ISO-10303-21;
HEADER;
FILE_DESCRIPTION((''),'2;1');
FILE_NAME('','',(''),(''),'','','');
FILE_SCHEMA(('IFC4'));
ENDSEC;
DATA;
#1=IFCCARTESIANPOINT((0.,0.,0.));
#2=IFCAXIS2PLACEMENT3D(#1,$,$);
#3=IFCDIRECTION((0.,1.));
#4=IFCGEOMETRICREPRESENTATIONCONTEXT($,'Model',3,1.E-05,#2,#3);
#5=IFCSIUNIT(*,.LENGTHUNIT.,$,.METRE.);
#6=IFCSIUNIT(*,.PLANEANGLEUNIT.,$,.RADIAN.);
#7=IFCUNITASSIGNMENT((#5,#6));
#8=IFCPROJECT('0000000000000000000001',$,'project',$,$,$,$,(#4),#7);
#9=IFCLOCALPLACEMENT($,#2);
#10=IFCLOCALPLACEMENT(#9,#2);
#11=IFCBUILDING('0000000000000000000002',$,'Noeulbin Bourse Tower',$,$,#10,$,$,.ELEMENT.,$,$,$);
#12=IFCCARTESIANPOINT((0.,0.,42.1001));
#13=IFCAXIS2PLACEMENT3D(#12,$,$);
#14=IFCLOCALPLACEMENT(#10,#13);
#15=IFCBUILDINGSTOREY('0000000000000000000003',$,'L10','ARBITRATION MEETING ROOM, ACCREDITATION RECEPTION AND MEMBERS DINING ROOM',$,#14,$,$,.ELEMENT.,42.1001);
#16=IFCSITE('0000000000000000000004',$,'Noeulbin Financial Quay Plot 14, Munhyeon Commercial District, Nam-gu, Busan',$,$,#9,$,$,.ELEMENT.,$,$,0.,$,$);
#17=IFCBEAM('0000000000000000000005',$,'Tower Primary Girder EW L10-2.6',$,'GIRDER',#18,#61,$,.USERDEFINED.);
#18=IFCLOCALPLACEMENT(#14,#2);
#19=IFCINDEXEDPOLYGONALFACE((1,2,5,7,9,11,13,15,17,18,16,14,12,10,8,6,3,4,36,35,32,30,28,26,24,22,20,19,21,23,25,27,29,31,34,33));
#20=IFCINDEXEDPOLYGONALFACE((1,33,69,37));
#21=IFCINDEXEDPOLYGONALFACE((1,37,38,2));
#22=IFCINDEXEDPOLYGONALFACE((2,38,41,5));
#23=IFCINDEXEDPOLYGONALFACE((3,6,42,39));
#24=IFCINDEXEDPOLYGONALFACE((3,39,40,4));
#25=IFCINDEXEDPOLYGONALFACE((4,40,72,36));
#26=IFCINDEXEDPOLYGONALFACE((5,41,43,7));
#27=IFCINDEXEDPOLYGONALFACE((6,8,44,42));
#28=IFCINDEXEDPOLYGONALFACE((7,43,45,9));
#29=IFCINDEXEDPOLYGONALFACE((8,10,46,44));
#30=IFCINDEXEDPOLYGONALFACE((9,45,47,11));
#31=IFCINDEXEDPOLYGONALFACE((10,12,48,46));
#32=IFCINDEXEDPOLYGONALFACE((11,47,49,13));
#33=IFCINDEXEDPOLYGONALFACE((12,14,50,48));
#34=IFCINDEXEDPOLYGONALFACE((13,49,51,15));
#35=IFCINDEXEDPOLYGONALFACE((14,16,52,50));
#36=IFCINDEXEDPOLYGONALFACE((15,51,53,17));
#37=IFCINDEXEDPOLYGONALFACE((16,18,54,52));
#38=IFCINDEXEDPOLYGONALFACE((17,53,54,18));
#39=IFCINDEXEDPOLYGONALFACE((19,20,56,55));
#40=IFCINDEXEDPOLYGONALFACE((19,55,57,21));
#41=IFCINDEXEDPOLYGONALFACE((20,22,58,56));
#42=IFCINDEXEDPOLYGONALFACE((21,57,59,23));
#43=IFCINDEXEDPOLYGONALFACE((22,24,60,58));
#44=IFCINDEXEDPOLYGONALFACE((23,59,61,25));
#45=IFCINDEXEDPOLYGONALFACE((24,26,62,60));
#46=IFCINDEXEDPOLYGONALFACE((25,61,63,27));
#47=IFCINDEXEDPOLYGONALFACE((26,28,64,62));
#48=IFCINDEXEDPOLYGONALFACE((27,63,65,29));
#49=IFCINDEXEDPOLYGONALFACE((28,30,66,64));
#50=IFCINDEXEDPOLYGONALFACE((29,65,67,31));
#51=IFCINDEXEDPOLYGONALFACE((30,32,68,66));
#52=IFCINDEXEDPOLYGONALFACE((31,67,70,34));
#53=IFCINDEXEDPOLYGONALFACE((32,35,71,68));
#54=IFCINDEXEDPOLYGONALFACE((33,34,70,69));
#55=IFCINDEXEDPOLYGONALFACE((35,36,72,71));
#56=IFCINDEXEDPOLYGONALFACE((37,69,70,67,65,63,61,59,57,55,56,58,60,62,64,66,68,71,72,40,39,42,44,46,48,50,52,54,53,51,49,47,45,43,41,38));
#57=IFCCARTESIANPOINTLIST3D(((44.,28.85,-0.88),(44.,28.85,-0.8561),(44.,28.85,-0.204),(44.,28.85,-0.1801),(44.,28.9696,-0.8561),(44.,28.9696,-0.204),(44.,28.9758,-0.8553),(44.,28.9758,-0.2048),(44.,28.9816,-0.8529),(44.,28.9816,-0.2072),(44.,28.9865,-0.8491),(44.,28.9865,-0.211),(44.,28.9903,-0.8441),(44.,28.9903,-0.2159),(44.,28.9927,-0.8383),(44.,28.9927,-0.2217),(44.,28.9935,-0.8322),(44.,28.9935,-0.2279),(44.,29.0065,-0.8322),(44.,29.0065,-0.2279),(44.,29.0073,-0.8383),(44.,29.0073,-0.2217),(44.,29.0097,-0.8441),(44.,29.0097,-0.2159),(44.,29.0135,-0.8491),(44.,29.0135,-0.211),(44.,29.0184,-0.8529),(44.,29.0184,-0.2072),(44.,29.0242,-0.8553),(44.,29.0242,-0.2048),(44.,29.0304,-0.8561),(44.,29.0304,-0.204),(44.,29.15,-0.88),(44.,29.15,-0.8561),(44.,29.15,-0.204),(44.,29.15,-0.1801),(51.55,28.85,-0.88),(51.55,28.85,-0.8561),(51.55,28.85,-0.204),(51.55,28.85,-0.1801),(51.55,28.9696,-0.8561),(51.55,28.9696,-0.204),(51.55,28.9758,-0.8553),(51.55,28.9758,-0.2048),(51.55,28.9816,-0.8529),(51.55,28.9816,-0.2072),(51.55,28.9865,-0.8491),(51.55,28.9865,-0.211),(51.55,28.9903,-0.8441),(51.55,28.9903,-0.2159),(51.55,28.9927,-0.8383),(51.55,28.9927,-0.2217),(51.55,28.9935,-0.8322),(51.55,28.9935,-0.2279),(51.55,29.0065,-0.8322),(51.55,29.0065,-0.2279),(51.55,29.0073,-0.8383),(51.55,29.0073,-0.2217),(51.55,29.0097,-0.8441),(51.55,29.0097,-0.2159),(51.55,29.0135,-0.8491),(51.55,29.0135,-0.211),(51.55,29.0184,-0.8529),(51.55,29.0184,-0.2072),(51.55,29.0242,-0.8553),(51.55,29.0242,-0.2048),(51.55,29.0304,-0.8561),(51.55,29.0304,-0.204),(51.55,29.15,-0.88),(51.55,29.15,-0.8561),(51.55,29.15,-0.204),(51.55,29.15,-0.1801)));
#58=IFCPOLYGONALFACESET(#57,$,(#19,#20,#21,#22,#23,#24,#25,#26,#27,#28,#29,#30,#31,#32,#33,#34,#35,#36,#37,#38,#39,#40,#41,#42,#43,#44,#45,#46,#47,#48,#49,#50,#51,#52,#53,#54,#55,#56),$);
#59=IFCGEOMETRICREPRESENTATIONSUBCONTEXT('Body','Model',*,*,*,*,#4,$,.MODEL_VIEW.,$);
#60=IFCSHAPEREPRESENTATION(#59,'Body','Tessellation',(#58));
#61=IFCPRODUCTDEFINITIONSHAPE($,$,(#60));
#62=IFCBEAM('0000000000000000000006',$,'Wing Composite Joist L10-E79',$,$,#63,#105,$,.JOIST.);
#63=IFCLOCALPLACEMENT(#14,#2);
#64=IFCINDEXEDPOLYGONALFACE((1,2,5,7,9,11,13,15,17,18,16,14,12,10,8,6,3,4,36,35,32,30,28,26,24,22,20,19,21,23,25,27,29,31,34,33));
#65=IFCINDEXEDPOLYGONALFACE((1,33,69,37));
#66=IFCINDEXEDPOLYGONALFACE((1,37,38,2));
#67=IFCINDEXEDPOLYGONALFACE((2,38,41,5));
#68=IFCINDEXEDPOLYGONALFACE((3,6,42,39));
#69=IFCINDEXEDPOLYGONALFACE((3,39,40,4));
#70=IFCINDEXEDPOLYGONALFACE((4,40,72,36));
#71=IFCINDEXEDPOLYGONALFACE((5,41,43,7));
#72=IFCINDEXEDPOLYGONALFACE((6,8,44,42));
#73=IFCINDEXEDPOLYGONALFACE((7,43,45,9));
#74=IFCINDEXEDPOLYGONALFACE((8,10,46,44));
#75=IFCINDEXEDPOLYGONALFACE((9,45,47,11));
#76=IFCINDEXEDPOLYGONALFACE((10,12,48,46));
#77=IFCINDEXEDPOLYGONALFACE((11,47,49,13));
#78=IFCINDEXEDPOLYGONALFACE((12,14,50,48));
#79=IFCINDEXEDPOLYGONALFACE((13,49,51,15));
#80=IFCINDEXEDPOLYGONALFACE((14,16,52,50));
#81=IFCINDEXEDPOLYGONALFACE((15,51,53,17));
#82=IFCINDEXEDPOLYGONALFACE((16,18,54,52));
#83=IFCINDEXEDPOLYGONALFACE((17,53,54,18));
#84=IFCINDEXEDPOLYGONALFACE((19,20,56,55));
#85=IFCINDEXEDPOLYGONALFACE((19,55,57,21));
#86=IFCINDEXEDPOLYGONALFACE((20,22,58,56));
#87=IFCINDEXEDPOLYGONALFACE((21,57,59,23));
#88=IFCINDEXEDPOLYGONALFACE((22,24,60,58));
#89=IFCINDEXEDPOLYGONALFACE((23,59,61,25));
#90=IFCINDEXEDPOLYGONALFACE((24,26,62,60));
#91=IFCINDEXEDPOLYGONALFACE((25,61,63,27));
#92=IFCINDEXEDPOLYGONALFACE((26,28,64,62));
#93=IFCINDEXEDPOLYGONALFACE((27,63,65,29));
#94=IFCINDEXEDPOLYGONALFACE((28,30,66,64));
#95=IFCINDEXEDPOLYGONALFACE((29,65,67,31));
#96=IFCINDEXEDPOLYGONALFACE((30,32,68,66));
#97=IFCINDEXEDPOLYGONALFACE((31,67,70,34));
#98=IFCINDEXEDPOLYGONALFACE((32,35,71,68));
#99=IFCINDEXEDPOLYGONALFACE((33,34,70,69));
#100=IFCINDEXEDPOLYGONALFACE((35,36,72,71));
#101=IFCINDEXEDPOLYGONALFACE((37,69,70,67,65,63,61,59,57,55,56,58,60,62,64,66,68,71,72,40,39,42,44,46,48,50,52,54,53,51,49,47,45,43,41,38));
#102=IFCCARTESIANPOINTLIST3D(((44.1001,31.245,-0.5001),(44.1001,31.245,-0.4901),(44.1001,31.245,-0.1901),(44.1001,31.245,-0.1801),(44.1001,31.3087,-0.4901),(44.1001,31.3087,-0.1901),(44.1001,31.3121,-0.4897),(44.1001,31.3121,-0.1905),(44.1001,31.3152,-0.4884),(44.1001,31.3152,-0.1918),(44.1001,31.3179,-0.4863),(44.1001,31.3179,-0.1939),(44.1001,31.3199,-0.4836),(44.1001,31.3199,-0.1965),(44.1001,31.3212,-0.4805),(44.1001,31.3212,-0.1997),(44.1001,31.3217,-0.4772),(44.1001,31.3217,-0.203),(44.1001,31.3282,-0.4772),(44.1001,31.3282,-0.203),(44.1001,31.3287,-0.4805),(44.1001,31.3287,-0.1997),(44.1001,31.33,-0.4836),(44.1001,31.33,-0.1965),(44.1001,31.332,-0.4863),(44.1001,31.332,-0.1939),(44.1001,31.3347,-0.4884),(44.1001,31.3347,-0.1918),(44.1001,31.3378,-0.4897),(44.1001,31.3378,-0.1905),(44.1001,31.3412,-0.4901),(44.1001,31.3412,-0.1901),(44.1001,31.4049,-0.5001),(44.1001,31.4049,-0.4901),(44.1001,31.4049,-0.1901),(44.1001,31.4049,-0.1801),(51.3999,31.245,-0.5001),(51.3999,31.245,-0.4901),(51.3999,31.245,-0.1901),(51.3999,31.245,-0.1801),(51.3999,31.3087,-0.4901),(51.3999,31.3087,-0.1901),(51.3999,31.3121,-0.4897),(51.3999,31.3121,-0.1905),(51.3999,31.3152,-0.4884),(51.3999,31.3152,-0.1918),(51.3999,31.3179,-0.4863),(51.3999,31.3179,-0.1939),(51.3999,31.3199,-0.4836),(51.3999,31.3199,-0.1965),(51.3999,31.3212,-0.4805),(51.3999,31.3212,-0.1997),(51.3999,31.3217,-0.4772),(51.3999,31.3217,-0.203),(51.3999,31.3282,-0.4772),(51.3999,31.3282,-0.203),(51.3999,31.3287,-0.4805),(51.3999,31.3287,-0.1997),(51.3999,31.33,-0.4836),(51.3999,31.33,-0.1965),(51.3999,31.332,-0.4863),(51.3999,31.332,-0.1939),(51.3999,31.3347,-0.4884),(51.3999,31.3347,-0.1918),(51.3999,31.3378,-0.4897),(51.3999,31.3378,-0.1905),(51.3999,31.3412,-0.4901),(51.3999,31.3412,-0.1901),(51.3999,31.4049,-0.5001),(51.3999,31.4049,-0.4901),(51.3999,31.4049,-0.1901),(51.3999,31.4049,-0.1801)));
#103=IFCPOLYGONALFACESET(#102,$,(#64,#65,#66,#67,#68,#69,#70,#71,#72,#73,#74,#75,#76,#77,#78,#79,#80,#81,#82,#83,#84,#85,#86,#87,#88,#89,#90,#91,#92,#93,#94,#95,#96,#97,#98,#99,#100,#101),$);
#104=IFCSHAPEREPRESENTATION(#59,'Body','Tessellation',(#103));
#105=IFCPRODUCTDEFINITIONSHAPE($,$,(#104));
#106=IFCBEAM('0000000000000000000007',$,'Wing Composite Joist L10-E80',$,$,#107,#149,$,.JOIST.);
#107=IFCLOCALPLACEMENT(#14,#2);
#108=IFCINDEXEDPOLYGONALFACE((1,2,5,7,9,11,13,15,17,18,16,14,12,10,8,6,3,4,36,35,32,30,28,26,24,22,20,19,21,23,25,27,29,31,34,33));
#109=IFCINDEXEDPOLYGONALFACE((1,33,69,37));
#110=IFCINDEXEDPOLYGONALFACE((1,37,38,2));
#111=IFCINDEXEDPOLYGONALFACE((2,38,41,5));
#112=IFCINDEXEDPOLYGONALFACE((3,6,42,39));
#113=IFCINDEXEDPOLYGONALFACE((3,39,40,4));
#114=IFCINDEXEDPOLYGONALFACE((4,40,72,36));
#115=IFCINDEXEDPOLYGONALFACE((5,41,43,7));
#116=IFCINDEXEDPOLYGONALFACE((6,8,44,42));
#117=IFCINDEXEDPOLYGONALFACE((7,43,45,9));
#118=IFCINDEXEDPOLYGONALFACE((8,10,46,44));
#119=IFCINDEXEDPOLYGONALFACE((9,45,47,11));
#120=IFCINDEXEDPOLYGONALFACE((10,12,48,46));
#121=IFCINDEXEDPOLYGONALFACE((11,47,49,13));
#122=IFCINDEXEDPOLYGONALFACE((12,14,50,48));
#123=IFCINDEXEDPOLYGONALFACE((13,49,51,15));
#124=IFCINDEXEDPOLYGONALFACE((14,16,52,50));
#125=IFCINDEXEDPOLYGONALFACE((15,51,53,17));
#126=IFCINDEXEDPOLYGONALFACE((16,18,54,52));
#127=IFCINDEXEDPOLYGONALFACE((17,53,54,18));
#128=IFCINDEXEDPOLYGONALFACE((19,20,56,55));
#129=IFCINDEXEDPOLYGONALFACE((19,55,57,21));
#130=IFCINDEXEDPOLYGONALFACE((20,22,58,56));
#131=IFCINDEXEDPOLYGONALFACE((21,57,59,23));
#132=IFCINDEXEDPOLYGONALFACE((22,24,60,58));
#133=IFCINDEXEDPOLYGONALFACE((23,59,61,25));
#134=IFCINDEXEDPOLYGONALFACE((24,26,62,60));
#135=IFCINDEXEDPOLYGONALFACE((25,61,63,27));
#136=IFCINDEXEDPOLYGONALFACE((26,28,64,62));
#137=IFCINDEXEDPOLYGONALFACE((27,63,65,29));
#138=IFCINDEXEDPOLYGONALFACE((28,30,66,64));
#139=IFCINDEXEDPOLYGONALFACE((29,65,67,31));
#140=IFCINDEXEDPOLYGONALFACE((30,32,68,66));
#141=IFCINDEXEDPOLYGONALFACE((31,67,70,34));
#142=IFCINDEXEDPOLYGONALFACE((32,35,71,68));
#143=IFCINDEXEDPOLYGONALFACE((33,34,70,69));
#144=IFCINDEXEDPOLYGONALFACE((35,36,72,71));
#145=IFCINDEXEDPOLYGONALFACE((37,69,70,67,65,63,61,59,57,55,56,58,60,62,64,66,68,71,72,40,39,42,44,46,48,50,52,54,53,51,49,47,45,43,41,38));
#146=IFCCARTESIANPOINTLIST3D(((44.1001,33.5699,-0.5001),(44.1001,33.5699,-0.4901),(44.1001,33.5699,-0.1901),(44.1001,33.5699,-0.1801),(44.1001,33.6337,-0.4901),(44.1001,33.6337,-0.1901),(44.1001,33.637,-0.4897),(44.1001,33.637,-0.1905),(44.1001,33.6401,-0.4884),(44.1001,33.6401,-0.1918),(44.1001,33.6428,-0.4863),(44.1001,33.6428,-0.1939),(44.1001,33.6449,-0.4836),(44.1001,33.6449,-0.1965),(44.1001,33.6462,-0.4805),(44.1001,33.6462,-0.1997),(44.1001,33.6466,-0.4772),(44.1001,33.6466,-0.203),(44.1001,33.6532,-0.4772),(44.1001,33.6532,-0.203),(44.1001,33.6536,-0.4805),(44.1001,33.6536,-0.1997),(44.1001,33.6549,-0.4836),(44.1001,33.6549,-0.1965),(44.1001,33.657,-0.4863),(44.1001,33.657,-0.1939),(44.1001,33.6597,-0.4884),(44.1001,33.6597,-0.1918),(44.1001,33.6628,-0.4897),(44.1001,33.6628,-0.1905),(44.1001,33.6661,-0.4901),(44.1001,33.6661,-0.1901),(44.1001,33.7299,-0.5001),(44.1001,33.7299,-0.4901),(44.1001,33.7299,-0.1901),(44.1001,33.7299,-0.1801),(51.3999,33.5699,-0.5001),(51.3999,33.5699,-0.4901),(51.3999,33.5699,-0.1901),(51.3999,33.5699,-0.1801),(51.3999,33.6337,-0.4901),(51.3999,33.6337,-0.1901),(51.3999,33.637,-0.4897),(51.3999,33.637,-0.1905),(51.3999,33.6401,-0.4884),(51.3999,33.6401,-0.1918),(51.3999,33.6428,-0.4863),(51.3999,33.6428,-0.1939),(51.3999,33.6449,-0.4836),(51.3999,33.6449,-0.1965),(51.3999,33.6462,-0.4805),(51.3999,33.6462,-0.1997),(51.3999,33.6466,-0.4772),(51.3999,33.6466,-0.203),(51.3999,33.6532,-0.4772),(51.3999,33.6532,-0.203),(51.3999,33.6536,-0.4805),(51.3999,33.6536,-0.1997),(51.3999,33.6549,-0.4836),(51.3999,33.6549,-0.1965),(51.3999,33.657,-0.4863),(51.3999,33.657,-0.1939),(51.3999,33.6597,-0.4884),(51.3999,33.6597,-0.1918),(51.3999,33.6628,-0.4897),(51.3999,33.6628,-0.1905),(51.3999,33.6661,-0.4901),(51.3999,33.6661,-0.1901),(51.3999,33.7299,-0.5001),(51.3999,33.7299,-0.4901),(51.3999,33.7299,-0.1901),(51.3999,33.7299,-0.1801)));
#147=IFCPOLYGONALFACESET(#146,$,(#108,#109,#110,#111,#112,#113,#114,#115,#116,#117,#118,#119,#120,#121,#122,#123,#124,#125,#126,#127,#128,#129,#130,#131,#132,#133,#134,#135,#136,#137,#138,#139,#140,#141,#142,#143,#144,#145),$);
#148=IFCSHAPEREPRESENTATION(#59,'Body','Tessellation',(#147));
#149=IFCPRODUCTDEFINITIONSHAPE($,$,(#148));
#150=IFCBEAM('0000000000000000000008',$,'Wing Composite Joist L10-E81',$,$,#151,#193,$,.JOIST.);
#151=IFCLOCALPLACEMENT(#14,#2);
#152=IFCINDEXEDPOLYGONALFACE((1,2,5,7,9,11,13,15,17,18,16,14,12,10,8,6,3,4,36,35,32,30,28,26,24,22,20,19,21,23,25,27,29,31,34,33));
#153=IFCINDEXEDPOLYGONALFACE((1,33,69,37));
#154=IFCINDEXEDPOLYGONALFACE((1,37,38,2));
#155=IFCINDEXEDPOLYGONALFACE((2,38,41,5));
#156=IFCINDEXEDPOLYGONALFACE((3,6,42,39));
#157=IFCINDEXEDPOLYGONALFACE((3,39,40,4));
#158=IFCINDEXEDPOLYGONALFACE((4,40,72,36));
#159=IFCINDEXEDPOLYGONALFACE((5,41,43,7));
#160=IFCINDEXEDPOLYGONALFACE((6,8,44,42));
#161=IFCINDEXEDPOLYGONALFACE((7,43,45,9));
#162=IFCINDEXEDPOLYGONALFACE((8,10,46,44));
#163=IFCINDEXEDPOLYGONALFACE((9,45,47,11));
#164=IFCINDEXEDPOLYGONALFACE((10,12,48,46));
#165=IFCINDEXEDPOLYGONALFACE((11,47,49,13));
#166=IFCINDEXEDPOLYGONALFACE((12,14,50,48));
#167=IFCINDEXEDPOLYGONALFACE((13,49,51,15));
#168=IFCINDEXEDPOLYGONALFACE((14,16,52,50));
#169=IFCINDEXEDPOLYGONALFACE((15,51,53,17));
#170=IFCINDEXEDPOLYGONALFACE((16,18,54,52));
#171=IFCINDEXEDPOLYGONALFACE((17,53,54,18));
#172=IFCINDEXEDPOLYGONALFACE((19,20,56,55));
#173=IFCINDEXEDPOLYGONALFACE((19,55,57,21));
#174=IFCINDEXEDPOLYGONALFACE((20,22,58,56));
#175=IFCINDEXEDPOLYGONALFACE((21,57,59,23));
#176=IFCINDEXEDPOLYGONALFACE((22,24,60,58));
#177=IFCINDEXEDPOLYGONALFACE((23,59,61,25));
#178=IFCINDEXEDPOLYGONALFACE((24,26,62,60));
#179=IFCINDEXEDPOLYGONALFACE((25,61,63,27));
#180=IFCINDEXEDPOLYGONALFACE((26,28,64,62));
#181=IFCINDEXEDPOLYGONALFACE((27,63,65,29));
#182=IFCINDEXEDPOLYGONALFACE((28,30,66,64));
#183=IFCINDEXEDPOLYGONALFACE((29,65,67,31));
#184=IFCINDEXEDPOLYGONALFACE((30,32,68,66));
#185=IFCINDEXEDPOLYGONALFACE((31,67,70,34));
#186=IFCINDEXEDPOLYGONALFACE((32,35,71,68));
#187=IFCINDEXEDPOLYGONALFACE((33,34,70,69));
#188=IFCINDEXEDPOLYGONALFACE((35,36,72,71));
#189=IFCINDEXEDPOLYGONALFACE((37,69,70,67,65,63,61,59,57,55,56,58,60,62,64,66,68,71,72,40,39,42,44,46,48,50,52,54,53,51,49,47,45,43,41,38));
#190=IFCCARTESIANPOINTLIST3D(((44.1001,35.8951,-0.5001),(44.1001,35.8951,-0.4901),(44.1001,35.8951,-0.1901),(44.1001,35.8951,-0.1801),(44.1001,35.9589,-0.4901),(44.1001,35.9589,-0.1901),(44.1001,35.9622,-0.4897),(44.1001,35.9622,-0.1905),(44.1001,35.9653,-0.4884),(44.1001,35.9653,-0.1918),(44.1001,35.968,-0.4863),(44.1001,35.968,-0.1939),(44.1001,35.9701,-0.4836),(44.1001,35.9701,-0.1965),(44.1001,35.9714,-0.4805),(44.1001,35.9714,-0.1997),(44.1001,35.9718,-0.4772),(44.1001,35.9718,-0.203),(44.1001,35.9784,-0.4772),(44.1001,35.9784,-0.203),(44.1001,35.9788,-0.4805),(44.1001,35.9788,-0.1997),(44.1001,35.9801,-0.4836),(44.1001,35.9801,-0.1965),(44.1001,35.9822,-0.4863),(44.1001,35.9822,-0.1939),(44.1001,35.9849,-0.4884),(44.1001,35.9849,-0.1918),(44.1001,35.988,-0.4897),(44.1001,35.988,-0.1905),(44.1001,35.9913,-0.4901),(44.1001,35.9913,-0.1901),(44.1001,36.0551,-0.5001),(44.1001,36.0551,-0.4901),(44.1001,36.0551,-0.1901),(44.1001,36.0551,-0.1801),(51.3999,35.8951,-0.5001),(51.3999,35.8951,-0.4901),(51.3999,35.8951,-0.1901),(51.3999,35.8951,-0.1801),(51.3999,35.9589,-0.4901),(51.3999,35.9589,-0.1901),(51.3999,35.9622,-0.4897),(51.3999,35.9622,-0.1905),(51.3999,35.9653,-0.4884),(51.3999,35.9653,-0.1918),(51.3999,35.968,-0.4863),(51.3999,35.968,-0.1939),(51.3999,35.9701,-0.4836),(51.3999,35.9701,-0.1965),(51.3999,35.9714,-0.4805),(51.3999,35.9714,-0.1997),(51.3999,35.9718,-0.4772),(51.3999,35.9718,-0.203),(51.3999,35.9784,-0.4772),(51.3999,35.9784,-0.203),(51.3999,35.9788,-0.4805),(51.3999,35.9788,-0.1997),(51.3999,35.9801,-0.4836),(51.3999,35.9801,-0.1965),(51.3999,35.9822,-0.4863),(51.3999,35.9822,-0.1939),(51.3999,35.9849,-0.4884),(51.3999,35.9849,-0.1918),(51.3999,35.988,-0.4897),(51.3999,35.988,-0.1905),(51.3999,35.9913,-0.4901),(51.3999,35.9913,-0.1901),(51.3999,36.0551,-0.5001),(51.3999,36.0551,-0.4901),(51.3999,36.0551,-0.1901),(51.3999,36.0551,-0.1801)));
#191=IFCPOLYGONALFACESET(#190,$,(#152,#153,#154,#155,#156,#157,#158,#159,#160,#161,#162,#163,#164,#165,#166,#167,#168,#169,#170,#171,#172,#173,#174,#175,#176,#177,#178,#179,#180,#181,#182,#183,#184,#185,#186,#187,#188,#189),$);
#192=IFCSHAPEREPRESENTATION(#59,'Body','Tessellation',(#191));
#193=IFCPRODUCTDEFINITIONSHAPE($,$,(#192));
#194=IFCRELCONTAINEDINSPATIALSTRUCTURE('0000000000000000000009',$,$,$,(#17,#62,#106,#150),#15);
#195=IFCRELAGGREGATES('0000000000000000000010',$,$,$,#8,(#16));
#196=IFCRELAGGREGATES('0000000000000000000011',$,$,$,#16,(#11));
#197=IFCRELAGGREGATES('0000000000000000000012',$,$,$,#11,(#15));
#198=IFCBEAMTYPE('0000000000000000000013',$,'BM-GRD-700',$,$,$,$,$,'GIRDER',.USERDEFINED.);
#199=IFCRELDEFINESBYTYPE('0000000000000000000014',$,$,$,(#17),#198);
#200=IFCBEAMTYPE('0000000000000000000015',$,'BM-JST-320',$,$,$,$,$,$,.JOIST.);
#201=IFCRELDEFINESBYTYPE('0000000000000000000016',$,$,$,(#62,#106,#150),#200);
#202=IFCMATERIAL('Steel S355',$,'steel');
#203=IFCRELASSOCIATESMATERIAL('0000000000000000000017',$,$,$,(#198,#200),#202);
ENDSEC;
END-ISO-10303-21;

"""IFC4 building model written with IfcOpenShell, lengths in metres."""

from ifc_helpers import new_model, si_unit, direction, frame, origin, origin_2d, place, context, subcontext, project, spatial, i_section, extrude, material, material_profile, profile_set, type_object, element, save


model = new_model("IFC4")

# Units and contexts
model_context = context("Model", 3, precision=1e-05, world=origin(), true_north=direction((0.0, 1.0)))
body_context = subcontext(model_context, "Body", "Model", "MODEL_VIEW")
ifc_project = project(units=[si_unit("LENGTHUNIT", "METRE"), si_unit("PLANEANGLEUNIT", "RADIAN")], contexts=[model_context])

# Site, building, storey
site_placement = place(None, origin())
site = spatial("IfcSite", under=ifc_project, at=site_placement, Name="Noeulbin Financial Quay Plot 14, Munhyeon Commercial District, Nam-gu, Busan", CompositionType="ELEMENT", RefElevation=0.0)
building_placement = place(site_placement, origin())
building = spatial("IfcBuilding", under=site, at=building_placement, Name="Noeulbin Bourse Tower", CompositionType="ELEMENT")
storey_placement = place(building_placement, frame((0.0, 0.0, 42.1001)))
storey = spatial("IfcBuildingStorey", under=building, at=storey_placement, Name="L10", Description="ARBITRATION MEETING ROOM, ACCREDITATION RECEPTION AND MEMBERS DINING ROOM", CompositionType="ELEMENT", Elevation=42.1001)

# Beams
ifc_material_1 = material(Name="Steel S355", Category="steel")
ifc_material_profile_1 = material_profile(ifc_material_1, i_section(OverallWidth=0.3, OverallDepth=0.7, WebThickness=0.0129, FlangeThickness=0.0239, FilletRadius=0.0239, at=origin_2d()), Name="H-700x300x13x24", Category="LoadBearing")
ifc_profile_set_1 = profile_set([ifc_material_profile_1], Name="Steel S355")
beam_type_1 = type_object("IfcBeamType", Name="BM-GRD-700", ElementType="GIRDER", PredefinedType="USERDEFINED", material=ifc_profile_set_1)
beam_1_placement = place(storey_placement, frame((44.0, 29.0, -0.53), z_axis=(1.0, 0.0, 0.0), x_axis=(0.0, 1.0, 0.0)))
element("IfcBeam", 1, at=beam_1_placement, inside=storey, type_object=beam_type_1, Name="Tower Primary Girder EW L10-2.6", ObjectType="GIRDER", PredefinedType="USERDEFINED", context=body_context, shape_type="SweptSolid", body=[
    extrude(i_section(OverallWidth=0.3, OverallDepth=0.7, WebThickness=0.0129, FlangeThickness=0.0239, FilletRadius=0.0239, at=origin_2d()), origin(), (0.0, 0.0, 1.0), 7.55),
])
ifc_material_profile_2 = material_profile(ifc_material_1, i_section(OverallWidth=0.1599, OverallDepth=0.3201, WebThickness=0.0066, FlangeThickness=0.01, FilletRadius=0.0129, at=origin_2d()), Name="H-320x160x6.5x10", Category="LoadBearing")
ifc_profile_set_2 = profile_set([ifc_material_profile_2], Name="Steel S355")
beam_type_2 = type_object("IfcBeamType", Name="BM-JST-320", PredefinedType="JOIST", material=ifc_profile_set_2)
for number, where, z_axis, x_axis, name in (
    (2, (44.1001, 31.325, -0.3401), (1.0, 0.0, 0.0), (0.0, 1.0, 0.0), "Wing Composite Joist L10-E79"),
    (3, (44.1001, 33.6499, -0.3401), (1.0, 0.0, 0.0), (0.0, 1.0, 0.0), "Wing Composite Joist L10-E80"),
    (4, (44.1001, 35.9751, -0.3401), (1.0, 0.0, 0.0), (0.0, 1.0, 0.0), "Wing Composite Joist L10-E81"),
):
    element("IfcBeam", number, at=place(storey_placement, frame(where, z_axis=z_axis, x_axis=x_axis)), inside=storey, type_object=beam_type_2, Name=name, PredefinedType="JOIST", context=body_context, shape_type="SweptSolid", body=[
        extrude(i_section(OverallWidth=0.1599, OverallDepth=0.3201, WebThickness=0.0066, FlangeThickness=0.01, FilletRadius=0.0129, at=origin_2d()), origin(), (0.0, 0.0, 1.0), 7.2998),
    ])

save(model, "model.ifc")
